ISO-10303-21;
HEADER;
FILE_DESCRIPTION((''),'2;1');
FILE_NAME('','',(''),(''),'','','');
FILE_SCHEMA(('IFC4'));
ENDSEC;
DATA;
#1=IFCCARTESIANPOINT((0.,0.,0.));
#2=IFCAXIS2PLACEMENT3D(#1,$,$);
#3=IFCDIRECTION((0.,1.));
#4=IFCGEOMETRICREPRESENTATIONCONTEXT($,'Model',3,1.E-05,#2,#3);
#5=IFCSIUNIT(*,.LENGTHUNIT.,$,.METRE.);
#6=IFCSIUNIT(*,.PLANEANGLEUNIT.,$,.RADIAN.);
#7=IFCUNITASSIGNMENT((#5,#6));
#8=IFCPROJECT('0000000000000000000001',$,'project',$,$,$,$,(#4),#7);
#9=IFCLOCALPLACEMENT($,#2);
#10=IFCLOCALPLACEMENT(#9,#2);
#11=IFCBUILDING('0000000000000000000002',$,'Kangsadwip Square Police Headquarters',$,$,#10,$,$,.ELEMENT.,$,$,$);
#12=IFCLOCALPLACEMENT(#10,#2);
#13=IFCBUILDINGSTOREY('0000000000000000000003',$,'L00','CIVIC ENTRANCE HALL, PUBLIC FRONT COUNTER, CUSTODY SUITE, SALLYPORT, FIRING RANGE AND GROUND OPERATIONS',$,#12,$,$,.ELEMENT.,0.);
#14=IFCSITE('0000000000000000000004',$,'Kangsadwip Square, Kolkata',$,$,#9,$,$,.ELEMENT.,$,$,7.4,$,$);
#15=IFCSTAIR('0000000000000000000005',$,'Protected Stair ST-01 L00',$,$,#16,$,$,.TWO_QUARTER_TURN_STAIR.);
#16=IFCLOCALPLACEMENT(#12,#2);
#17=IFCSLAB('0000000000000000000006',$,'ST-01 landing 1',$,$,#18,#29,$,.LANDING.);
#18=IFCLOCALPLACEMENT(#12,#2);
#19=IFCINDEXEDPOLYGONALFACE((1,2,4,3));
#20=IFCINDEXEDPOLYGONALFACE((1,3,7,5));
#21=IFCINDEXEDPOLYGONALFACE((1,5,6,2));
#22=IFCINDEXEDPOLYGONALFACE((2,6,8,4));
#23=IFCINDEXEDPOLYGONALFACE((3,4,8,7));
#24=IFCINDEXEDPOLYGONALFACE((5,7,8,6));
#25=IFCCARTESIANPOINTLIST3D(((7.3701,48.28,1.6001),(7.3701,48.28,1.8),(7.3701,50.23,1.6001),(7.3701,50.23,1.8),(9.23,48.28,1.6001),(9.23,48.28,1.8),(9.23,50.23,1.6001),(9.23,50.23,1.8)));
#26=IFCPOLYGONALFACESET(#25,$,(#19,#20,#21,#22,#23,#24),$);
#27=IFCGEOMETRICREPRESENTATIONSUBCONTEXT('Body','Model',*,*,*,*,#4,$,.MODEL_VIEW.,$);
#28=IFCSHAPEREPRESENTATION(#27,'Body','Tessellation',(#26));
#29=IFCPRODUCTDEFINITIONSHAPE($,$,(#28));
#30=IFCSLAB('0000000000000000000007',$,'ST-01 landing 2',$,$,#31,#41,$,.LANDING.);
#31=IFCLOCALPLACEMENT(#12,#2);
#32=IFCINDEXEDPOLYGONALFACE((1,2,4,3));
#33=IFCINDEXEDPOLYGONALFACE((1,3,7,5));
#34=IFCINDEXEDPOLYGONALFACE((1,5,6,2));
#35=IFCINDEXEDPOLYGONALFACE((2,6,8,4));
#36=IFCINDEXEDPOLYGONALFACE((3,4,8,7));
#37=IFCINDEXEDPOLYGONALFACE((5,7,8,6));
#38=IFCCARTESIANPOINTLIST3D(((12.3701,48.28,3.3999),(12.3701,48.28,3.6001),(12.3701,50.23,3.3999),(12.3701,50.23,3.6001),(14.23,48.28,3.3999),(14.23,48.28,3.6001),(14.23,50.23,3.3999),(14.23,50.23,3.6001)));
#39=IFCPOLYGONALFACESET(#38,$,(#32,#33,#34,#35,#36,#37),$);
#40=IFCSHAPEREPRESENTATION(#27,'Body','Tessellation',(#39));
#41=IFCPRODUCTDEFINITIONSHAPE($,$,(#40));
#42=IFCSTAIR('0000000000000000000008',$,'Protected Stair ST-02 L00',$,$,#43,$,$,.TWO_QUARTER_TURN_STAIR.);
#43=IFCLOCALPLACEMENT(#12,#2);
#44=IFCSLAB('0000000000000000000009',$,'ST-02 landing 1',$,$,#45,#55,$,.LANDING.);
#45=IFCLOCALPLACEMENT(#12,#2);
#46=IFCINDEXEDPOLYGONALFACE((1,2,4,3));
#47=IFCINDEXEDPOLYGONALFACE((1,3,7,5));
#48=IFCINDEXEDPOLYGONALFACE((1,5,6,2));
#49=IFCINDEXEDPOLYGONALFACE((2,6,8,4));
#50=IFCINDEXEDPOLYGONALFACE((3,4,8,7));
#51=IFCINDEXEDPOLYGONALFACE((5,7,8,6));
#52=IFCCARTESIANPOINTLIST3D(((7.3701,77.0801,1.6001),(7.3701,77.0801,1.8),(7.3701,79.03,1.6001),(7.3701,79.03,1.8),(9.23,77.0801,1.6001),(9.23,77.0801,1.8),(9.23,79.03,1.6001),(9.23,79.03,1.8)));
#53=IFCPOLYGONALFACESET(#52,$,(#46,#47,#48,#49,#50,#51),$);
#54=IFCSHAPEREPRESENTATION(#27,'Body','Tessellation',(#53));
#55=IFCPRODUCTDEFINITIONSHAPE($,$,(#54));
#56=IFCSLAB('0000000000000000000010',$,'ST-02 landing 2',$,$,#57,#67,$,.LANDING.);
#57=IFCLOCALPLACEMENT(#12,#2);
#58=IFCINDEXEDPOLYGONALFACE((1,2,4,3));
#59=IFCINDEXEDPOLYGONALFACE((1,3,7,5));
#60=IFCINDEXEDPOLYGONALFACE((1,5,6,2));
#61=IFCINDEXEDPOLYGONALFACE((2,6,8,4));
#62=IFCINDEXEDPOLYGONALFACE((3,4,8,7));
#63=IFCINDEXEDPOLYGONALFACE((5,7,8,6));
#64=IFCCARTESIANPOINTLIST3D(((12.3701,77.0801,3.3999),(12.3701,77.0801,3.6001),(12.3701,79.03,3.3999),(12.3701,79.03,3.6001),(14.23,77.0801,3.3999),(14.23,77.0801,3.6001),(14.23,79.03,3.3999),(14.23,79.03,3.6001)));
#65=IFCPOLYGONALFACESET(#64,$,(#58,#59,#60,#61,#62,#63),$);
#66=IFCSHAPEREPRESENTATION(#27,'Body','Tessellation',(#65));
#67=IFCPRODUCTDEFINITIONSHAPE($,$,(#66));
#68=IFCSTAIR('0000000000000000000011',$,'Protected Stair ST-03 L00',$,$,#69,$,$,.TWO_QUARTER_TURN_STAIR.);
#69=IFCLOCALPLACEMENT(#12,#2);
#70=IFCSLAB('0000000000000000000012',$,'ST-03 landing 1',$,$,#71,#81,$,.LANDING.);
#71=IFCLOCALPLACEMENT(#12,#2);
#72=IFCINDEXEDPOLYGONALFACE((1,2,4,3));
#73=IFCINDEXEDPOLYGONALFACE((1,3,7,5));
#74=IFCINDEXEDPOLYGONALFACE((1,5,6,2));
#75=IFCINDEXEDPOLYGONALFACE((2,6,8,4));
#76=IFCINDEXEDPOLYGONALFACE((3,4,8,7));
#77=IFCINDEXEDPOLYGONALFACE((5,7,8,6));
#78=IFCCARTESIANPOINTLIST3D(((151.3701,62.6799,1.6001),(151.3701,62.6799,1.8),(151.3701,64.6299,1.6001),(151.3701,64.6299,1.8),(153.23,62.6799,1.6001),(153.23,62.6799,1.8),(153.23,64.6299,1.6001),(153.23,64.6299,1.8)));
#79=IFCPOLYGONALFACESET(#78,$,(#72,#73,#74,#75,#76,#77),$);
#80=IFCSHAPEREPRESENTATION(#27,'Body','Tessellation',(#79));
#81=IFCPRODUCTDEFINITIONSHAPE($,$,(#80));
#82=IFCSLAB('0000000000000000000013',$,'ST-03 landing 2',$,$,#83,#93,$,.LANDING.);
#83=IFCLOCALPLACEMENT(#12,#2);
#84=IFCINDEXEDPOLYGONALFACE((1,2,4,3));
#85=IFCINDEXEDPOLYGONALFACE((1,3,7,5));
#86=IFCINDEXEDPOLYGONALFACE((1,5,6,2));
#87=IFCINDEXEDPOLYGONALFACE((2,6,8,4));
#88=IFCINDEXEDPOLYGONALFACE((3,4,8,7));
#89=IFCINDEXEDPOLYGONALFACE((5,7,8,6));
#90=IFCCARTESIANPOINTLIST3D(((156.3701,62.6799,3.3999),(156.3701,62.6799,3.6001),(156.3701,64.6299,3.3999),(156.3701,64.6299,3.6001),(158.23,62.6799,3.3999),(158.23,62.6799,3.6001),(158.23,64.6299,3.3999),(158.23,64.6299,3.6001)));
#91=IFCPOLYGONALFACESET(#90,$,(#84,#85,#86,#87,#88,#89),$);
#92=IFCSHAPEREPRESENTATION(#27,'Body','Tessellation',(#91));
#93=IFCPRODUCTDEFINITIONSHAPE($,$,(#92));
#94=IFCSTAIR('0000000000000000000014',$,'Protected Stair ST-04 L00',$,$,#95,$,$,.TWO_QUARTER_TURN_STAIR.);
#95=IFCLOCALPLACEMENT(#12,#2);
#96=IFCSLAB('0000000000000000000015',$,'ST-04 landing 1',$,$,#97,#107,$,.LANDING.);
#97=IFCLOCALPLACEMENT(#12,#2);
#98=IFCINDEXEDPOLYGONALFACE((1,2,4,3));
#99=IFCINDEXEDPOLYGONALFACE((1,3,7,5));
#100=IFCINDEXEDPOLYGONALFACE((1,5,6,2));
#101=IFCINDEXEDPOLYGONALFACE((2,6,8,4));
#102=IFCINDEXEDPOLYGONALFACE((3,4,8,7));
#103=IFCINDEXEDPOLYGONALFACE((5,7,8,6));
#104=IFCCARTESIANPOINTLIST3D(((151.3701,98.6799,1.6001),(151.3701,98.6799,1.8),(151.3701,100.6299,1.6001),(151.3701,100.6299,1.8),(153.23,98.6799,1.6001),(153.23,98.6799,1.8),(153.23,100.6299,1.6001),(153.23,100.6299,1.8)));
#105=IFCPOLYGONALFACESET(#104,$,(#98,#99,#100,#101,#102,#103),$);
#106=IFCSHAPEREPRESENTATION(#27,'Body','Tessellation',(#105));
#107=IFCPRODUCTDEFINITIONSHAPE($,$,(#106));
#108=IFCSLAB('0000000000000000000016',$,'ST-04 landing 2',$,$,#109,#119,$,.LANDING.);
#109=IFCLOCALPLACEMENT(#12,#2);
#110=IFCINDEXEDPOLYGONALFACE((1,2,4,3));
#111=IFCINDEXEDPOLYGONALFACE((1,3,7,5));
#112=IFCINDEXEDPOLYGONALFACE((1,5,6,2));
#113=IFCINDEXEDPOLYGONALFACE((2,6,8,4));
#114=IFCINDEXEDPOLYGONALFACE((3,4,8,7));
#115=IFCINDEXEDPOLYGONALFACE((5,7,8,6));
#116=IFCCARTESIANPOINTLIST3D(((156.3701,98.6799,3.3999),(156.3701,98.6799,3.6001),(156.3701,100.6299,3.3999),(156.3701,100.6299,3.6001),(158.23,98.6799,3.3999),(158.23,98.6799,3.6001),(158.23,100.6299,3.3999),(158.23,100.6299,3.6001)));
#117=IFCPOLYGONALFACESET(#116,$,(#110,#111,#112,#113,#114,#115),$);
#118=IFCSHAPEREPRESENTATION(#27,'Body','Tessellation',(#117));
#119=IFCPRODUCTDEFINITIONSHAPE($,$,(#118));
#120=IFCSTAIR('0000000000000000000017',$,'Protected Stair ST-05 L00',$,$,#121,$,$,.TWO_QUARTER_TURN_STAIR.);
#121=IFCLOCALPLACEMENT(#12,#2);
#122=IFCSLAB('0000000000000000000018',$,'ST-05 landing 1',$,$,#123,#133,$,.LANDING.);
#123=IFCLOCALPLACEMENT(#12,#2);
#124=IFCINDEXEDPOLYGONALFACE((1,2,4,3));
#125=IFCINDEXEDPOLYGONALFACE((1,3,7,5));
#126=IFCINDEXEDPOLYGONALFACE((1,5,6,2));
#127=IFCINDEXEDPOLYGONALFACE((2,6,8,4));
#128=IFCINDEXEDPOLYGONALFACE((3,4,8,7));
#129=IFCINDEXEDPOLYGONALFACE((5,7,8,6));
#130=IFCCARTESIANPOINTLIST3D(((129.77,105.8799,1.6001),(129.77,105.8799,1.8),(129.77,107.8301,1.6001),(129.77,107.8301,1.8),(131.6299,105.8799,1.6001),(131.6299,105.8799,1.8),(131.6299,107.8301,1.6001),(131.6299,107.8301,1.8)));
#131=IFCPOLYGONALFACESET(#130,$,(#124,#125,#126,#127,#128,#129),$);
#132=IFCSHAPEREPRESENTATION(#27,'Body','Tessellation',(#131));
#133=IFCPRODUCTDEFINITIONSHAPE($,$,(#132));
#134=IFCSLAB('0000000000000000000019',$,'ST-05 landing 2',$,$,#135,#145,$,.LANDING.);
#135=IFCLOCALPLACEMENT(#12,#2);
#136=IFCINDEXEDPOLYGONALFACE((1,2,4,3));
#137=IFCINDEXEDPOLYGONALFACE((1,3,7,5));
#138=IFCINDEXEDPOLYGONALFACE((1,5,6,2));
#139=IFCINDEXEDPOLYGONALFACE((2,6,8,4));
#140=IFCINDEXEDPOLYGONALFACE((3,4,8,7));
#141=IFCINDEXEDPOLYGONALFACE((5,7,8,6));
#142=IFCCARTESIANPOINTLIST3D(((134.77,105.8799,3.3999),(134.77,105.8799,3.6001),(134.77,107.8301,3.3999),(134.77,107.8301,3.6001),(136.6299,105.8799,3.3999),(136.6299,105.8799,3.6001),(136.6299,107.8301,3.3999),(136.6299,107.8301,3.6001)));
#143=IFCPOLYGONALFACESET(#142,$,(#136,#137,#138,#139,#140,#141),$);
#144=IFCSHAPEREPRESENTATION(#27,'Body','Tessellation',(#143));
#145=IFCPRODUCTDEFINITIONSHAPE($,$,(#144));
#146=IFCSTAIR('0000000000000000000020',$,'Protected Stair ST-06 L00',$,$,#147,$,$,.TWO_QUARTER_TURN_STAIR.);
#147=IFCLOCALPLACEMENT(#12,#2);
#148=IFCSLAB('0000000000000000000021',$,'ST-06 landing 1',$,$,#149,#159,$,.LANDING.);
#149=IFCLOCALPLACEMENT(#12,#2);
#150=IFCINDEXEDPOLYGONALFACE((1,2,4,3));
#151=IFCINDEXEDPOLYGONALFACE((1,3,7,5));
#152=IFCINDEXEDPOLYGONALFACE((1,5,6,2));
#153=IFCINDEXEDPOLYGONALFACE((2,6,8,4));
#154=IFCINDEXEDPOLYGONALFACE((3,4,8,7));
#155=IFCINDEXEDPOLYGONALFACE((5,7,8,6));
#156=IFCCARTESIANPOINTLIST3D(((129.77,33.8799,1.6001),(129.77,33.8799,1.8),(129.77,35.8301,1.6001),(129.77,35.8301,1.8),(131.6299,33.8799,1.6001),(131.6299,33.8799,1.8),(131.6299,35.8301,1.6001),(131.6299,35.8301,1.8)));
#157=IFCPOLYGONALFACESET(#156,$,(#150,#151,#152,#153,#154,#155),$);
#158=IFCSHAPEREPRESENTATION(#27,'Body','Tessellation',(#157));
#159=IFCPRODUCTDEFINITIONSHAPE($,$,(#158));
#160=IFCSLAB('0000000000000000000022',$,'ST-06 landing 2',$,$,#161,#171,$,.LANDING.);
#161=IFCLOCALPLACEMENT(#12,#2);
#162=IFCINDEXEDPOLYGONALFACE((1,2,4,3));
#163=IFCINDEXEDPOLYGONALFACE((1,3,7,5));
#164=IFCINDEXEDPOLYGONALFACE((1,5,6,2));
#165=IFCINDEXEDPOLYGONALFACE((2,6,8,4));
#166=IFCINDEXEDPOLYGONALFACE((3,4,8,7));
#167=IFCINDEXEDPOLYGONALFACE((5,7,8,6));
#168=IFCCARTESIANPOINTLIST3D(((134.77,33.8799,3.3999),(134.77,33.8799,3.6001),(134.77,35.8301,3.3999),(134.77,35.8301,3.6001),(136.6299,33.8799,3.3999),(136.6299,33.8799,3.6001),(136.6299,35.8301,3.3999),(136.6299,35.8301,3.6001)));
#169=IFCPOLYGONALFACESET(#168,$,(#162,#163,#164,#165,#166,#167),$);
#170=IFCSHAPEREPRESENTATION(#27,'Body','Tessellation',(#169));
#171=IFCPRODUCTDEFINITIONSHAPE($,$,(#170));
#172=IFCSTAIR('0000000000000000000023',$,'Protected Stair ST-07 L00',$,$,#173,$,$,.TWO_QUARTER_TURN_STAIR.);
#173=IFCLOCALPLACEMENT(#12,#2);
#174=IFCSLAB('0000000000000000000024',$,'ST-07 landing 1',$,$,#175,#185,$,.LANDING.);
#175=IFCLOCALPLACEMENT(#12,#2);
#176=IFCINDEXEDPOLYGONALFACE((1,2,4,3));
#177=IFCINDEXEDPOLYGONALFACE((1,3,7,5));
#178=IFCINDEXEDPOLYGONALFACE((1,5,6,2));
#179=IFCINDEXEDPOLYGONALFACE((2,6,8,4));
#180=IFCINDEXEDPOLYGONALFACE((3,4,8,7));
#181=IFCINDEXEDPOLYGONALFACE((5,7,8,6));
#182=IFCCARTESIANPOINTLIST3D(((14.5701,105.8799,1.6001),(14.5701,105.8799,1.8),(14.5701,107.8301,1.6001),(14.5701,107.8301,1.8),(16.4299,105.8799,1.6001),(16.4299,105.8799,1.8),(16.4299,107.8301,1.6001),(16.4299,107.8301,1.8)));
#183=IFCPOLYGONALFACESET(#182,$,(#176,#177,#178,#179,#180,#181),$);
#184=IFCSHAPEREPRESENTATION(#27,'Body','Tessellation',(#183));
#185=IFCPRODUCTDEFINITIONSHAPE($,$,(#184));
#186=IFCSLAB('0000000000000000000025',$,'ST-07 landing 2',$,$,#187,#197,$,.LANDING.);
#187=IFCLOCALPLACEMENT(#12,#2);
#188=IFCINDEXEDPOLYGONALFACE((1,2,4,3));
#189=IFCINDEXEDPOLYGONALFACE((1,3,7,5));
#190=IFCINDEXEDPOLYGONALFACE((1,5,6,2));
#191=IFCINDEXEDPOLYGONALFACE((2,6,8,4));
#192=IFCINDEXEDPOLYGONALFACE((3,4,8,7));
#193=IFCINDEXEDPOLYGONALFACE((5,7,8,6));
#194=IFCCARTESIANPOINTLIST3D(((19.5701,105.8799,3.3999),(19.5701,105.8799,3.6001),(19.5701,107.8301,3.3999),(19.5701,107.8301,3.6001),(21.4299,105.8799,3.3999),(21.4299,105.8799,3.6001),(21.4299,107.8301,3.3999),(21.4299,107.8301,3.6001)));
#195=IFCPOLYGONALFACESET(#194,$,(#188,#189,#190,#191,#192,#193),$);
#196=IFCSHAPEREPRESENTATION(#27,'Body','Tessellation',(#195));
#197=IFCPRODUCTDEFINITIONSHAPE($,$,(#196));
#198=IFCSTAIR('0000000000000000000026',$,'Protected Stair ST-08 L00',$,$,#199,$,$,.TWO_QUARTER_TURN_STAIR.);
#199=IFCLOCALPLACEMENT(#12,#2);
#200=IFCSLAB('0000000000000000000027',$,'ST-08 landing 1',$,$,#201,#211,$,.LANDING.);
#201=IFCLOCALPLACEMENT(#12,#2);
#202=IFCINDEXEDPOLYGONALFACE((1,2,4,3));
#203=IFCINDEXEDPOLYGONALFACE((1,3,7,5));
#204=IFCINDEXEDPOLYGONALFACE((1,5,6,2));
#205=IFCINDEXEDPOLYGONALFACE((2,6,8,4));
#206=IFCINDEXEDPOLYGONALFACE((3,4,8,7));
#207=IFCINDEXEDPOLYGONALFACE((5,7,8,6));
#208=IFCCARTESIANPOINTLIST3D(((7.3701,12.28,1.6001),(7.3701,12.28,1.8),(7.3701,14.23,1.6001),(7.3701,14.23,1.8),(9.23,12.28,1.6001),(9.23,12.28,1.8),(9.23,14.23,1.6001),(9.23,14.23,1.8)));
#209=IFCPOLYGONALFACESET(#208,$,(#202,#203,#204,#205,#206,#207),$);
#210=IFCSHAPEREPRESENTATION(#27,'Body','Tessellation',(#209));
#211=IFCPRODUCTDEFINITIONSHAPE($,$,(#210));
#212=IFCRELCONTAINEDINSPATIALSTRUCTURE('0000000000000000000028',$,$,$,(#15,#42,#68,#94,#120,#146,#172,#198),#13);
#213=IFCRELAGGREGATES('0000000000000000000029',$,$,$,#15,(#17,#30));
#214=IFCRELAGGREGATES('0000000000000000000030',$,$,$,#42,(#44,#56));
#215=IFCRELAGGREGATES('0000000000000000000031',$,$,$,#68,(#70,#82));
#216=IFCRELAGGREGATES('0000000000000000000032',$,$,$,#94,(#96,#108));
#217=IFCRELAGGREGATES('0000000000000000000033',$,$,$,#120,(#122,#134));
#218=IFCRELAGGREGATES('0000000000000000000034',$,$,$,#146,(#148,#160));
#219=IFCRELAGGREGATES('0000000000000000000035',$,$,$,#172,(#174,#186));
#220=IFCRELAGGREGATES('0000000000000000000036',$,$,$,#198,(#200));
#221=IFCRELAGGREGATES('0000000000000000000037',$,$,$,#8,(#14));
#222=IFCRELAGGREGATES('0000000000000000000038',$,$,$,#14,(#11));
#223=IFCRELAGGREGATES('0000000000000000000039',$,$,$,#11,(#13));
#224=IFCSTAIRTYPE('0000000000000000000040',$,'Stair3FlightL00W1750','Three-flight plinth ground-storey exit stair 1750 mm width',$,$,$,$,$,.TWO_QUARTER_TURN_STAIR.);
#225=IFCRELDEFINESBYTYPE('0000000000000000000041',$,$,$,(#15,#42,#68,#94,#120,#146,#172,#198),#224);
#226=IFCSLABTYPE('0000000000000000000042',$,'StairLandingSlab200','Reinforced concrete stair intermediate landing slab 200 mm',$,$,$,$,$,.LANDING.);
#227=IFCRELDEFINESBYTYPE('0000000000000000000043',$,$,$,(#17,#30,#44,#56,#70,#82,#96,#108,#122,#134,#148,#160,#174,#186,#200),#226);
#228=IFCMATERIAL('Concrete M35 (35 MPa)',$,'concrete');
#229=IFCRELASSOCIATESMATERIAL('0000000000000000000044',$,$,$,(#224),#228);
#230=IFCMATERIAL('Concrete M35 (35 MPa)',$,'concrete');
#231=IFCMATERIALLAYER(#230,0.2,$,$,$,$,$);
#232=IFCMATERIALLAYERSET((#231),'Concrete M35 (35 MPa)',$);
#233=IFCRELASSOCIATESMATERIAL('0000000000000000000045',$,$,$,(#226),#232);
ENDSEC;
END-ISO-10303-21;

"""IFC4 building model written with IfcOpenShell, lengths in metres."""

from ifc_helpers import new_model, si_unit, direction, frame, origin, place, context, subcontext, project, spatial, polyline, outline, extrude, material, layer, layer_set, type_object, element, aggregate, save


model = new_model("IFC4")

# Units and contexts
model_context = context("Model", 3, precision=1e-05, world=origin(), true_north=direction((0.0, 1.0)))
body_context = subcontext(model_context, "Body", "Model", "MODEL_VIEW")
ifc_project = project(units=[si_unit("LENGTHUNIT", "METRE"), si_unit("PLANEANGLEUNIT", "RADIAN")], contexts=[model_context])

# Site, building, storey
site_placement = place(None, origin())
site = spatial("IfcSite", under=ifc_project, at=site_placement, Name="Kangsadwip Square, Kolkata", CompositionType="ELEMENT", RefElevation=7.4)
building_placement = place(site_placement, origin())
building = spatial("IfcBuilding", under=site, at=building_placement, Name="Kangsadwip Square Police Headquarters", CompositionType="ELEMENT")
storey_placement = place(building_placement, origin())
storey = spatial("IfcBuildingStorey", under=building, at=storey_placement, Name="L00", Description="CIVIC ENTRANCE HALL, PUBLIC FRONT COUNTER, CUSTODY SUITE, SALLYPORT, FIRING RANGE AND GROUND OPERATIONS", CompositionType="ELEMENT", Elevation=0.0)

# Stairs, slabs
ifc_material_1 = material(Name="Concrete M35 (35 MPa)", Category="concrete")
stair_type = type_object("IfcStairType", Name="Stair3FlightL00W1750", Description="Three-flight plinth ground-storey exit stair 1750 mm width", PredefinedType="TWO_QUARTER_TURN_STAIR", material=ifc_material_1)
stair_1_placement = place(storey_placement, origin())
stair_1 = element("IfcStair", 1, at=stair_1_placement, inside=storey, type_object=stair_type, Name="Protected Stair ST-01 L00", PredefinedType="TWO_QUARTER_TURN_STAIR")
ifc_material_2 = material(Name="Concrete M35 (35 MPa)", Category="concrete")
ifc_layer_1 = layer(ifc_material_2, 0.2)
ifc_layer_set_1 = layer_set([ifc_layer_1], Name="Concrete M35 (35 MPa)")
slab_type = type_object("IfcSlabType", Name="StairLandingSlab200", Description="Reinforced concrete stair intermediate landing slab 200 mm", PredefinedType="LANDING", material=ifc_layer_set_1)
slab_1_placement = place(storey_placement, frame((0.0, 0.0, 1.6001)))
slab_1 = element("IfcSlab", 2, at=slab_1_placement, type_object=slab_type, Name="ST-01 landing 1", PredefinedType="LANDING", context=body_context, shape_type="SweptSolid", body=[
    extrude(outline(polyline([(7.3701, 48.28), (9.23, 48.28), (9.23, 50.23), (7.3701, 50.23), (7.3701, 48.28)])), origin(), (0.0, 0.0, 1.0), 0.2),
])
slab_2_placement = place(storey_placement, frame((0.0, 0.0, 3.3999)))
slab_2 = element("IfcSlab", 3, at=slab_2_placement, type_object=slab_type, Name="ST-01 landing 2", PredefinedType="LANDING", context=body_context, shape_type="SweptSolid", body=[
    extrude(outline(polyline([(12.3701, 48.28), (14.23, 48.28), (14.23, 50.23), (12.3701, 50.23), (12.3701, 48.28)])), origin(), (0.0, 0.0, 1.0), 0.2002),
])
aggregate(stair_1, [slab_1, slab_2])
stair_2_placement = place(storey_placement, origin())
stair_2 = element("IfcStair", 4, at=stair_2_placement, inside=storey, type_object=stair_type, Name="Protected Stair ST-02 L00", PredefinedType="TWO_QUARTER_TURN_STAIR")
slab_3_placement = place(storey_placement, frame((0.0, 0.0, 1.6001)))
slab_3 = element("IfcSlab", 5, at=slab_3_placement, type_object=slab_type, Name="ST-02 landing 1", PredefinedType="LANDING", context=body_context, shape_type="SweptSolid", body=[
    extrude(outline(polyline([(7.3701, 77.0801), (9.23, 77.0801), (9.23, 79.03), (7.3701, 79.03), (7.3701, 77.0801)])), origin(), (0.0, 0.0, 1.0), 0.2),
])
slab_4_placement = place(storey_placement, frame((0.0, 0.0, 3.3999)))
slab_4 = element("IfcSlab", 6, at=slab_4_placement, type_object=slab_type, Name="ST-02 landing 2", PredefinedType="LANDING", context=body_context, shape_type="SweptSolid", body=[
    extrude(outline(polyline([(12.3701, 77.0801), (14.23, 77.0801), (14.23, 79.03), (12.3701, 79.03), (12.3701, 77.0801)])), origin(), (0.0, 0.0, 1.0), 0.2002),
])
aggregate(stair_2, [slab_3, slab_4])
stair_3_placement = place(storey_placement, origin())
stair_3 = element("IfcStair", 7, at=stair_3_placement, inside=storey, type_object=stair_type, Name="Protected Stair ST-03 L00", PredefinedType="TWO_QUARTER_TURN_STAIR")
slab_5_placement = place(storey_placement, frame((0.0, 0.0, 1.6001)))
slab_5 = element("IfcSlab", 8, at=slab_5_placement, type_object=slab_type, Name="ST-03 landing 1", PredefinedType="LANDING", context=body_context, shape_type="SweptSolid", body=[
    extrude(outline(polyline([(151.3701, 62.6799), (153.23, 62.6799), (153.23, 64.6299), (151.3701, 64.6299), (151.3701, 62.6799)])), origin(), (0.0, 0.0, 1.0), 0.2),
])
slab_6_placement = place(storey_placement, frame((0.0, 0.0, 3.3999)))
slab_6 = element("IfcSlab", 9, at=slab_6_placement, type_object=slab_type, Name="ST-03 landing 2", PredefinedType="LANDING", context=body_context, shape_type="SweptSolid", body=[
    extrude(outline(polyline([(156.3701, 62.6799), (158.23, 62.6799), (158.23, 64.6299), (156.3701, 64.6299), (156.3701, 62.6799)])), origin(), (0.0, 0.0, 1.0), 0.2002),
])
aggregate(stair_3, [slab_5, slab_6])
stair_4_placement = place(storey_placement, origin())
stair_4 = element("IfcStair", 10, at=stair_4_placement, inside=storey, type_object=stair_type, Name="Protected Stair ST-04 L00", PredefinedType="TWO_QUARTER_TURN_STAIR")
slab_7_placement = place(storey_placement, frame((0.0, 0.0, 1.6001)))
slab_7 = element("IfcSlab", 11, at=slab_7_placement, type_object=slab_type, Name="ST-04 landing 1", PredefinedType="LANDING", context=body_context, shape_type="SweptSolid", body=[
    extrude(outline(polyline([(151.3701, 98.6799), (153.23, 98.6799), (153.23, 100.6299), (151.3701, 100.6299), (151.3701, 98.6799)])), origin(), (0.0, 0.0, 1.0), 0.2),
])
slab_8_placement = place(storey_placement, frame((0.0, 0.0, 3.3999)))
slab_8 = element("IfcSlab", 12, at=slab_8_placement, type_object=slab_type, Name="ST-04 landing 2", PredefinedType="LANDING", context=body_context, shape_type="SweptSolid", body=[
    extrude(outline(polyline([(156.3701, 98.6799), (158.23, 98.6799), (158.23, 100.6299), (156.3701, 100.6299), (156.3701, 98.6799)])), origin(), (0.0, 0.0, 1.0), 0.2002),
])
aggregate(stair_4, [slab_7, slab_8])
stair_5_placement = place(storey_placement, origin())
stair_5 = element("IfcStair", 13, at=stair_5_placement, inside=storey, type_object=stair_type, Name="Protected Stair ST-05 L00", PredefinedType="TWO_QUARTER_TURN_STAIR")
slab_9_placement = place(storey_placement, frame((0.0, 0.0, 1.6001)))
slab_9 = element("IfcSlab", 14, at=slab_9_placement, type_object=slab_type, Name="ST-05 landing 1", PredefinedType="LANDING", context=body_context, shape_type="SweptSolid", body=[
    extrude(outline(polyline([(129.77, 105.8799), (131.6299, 105.8799), (131.6299, 107.8301), (129.77, 107.8301), (129.77, 105.8799)])), origin(), (0.0, 0.0, 1.0), 0.2),
])
slab_10_placement = place(storey_placement, frame((0.0, 0.0, 3.3999)))
slab_10 = element("IfcSlab", 15, at=slab_10_placement, type_object=slab_type, Name="ST-05 landing 2", PredefinedType="LANDING", context=body_context, shape_type="SweptSolid", body=[
    extrude(outline(polyline([(134.77, 105.8799), (136.6299, 105.8799), (136.6299, 107.8301), (134.77, 107.8301), (134.77, 105.8799)])), origin(), (0.0, 0.0, 1.0), 0.2002),
])
aggregate(stair_5, [slab_9, slab_10])
stair_6_placement = place(storey_placement, origin())
stair_6 = element("IfcStair", 16, at=stair_6_placement, inside=storey, type_object=stair_type, Name="Protected Stair ST-06 L00", PredefinedType="TWO_QUARTER_TURN_STAIR")
slab_11_placement = place(storey_placement, frame((0.0, 0.0, 1.6001)))
slab_11 = element("IfcSlab", 17, at=slab_11_placement, type_object=slab_type, Name="ST-06 landing 1", PredefinedType="LANDING", context=body_context, shape_type="SweptSolid", body=[
    extrude(outline(polyline([(129.77, 33.8799), (131.6299, 33.8799), (131.6299, 35.8301), (129.77, 35.8301), (129.77, 33.8799)])), origin(), (0.0, 0.0, 1.0), 0.2),
])
slab_12_placement = place(storey_placement, frame((0.0, 0.0, 3.3999)))
slab_12 = element("IfcSlab", 18, at=slab_12_placement, type_object=slab_type, Name="ST-06 landing 2", PredefinedType="LANDING", context=body_context, shape_type="SweptSolid", body=[
    extrude(outline(polyline([(134.77, 33.8799), (136.6299, 33.8799), (136.6299, 35.8301), (134.77, 35.8301), (134.77, 33.8799)])), origin(), (0.0, 0.0, 1.0), 0.2002),
])
aggregate(stair_6, [slab_11, slab_12])
stair_7_placement = place(storey_placement, origin())
stair_7 = element("IfcStair", 19, at=stair_7_placement, inside=storey, type_object=stair_type, Name="Protected Stair ST-07 L00", PredefinedType="TWO_QUARTER_TURN_STAIR")
slab_13_placement = place(storey_placement, frame((0.0, 0.0, 1.6001)))
slab_13 = element("IfcSlab", 20, at=slab_13_placement, type_object=slab_type, Name="ST-07 landing 1", PredefinedType="LANDING", context=body_context, shape_type="SweptSolid", body=[
    extrude(outline(polyline([(14.5701, 105.8799), (16.4299, 105.8799), (16.4299, 107.8301), (14.5701, 107.8301), (14.5701, 105.8799)])), origin(), (0.0, 0.0, 1.0), 0.2),
])
slab_14_placement = place(storey_placement, frame((0.0, 0.0, 3.3999)))
slab_14 = element("IfcSlab", 21, at=slab_14_placement, type_object=slab_type, Name="ST-07 landing 2", PredefinedType="LANDING", context=body_context, shape_type="SweptSolid", body=[
    extrude(outline(polyline([(19.5701, 105.8799), (21.4299, 105.8799), (21.4299, 107.8301), (19.5701, 107.8301), (19.5701, 105.8799)])), origin(), (0.0, 0.0, 1.0), 0.2002),
])
aggregate(stair_7, [slab_13, slab_14])
stair_8_placement = place(storey_placement, origin())
stair_8 = element("IfcStair", 22, at=stair_8_placement, inside=storey, type_object=stair_type, Name="Protected Stair ST-08 L00", PredefinedType="TWO_QUARTER_TURN_STAIR")
slab_15_placement = place(storey_placement, frame((0.0, 0.0, 1.6001)))
slab_15 = element("IfcSlab", 23, at=slab_15_placement, type_object=slab_type, Name="ST-08 landing 1", PredefinedType="LANDING", context=body_context, shape_type="SweptSolid", body=[
    extrude(outline(polyline([(7.3701, 12.28), (9.23, 12.28), (9.23, 14.23), (7.3701, 14.23), (7.3701, 12.28)])), origin(), (0.0, 0.0, 1.0), 0.2),
])
aggregate(stair_8, [slab_15])

save(model, "model.ifc")
